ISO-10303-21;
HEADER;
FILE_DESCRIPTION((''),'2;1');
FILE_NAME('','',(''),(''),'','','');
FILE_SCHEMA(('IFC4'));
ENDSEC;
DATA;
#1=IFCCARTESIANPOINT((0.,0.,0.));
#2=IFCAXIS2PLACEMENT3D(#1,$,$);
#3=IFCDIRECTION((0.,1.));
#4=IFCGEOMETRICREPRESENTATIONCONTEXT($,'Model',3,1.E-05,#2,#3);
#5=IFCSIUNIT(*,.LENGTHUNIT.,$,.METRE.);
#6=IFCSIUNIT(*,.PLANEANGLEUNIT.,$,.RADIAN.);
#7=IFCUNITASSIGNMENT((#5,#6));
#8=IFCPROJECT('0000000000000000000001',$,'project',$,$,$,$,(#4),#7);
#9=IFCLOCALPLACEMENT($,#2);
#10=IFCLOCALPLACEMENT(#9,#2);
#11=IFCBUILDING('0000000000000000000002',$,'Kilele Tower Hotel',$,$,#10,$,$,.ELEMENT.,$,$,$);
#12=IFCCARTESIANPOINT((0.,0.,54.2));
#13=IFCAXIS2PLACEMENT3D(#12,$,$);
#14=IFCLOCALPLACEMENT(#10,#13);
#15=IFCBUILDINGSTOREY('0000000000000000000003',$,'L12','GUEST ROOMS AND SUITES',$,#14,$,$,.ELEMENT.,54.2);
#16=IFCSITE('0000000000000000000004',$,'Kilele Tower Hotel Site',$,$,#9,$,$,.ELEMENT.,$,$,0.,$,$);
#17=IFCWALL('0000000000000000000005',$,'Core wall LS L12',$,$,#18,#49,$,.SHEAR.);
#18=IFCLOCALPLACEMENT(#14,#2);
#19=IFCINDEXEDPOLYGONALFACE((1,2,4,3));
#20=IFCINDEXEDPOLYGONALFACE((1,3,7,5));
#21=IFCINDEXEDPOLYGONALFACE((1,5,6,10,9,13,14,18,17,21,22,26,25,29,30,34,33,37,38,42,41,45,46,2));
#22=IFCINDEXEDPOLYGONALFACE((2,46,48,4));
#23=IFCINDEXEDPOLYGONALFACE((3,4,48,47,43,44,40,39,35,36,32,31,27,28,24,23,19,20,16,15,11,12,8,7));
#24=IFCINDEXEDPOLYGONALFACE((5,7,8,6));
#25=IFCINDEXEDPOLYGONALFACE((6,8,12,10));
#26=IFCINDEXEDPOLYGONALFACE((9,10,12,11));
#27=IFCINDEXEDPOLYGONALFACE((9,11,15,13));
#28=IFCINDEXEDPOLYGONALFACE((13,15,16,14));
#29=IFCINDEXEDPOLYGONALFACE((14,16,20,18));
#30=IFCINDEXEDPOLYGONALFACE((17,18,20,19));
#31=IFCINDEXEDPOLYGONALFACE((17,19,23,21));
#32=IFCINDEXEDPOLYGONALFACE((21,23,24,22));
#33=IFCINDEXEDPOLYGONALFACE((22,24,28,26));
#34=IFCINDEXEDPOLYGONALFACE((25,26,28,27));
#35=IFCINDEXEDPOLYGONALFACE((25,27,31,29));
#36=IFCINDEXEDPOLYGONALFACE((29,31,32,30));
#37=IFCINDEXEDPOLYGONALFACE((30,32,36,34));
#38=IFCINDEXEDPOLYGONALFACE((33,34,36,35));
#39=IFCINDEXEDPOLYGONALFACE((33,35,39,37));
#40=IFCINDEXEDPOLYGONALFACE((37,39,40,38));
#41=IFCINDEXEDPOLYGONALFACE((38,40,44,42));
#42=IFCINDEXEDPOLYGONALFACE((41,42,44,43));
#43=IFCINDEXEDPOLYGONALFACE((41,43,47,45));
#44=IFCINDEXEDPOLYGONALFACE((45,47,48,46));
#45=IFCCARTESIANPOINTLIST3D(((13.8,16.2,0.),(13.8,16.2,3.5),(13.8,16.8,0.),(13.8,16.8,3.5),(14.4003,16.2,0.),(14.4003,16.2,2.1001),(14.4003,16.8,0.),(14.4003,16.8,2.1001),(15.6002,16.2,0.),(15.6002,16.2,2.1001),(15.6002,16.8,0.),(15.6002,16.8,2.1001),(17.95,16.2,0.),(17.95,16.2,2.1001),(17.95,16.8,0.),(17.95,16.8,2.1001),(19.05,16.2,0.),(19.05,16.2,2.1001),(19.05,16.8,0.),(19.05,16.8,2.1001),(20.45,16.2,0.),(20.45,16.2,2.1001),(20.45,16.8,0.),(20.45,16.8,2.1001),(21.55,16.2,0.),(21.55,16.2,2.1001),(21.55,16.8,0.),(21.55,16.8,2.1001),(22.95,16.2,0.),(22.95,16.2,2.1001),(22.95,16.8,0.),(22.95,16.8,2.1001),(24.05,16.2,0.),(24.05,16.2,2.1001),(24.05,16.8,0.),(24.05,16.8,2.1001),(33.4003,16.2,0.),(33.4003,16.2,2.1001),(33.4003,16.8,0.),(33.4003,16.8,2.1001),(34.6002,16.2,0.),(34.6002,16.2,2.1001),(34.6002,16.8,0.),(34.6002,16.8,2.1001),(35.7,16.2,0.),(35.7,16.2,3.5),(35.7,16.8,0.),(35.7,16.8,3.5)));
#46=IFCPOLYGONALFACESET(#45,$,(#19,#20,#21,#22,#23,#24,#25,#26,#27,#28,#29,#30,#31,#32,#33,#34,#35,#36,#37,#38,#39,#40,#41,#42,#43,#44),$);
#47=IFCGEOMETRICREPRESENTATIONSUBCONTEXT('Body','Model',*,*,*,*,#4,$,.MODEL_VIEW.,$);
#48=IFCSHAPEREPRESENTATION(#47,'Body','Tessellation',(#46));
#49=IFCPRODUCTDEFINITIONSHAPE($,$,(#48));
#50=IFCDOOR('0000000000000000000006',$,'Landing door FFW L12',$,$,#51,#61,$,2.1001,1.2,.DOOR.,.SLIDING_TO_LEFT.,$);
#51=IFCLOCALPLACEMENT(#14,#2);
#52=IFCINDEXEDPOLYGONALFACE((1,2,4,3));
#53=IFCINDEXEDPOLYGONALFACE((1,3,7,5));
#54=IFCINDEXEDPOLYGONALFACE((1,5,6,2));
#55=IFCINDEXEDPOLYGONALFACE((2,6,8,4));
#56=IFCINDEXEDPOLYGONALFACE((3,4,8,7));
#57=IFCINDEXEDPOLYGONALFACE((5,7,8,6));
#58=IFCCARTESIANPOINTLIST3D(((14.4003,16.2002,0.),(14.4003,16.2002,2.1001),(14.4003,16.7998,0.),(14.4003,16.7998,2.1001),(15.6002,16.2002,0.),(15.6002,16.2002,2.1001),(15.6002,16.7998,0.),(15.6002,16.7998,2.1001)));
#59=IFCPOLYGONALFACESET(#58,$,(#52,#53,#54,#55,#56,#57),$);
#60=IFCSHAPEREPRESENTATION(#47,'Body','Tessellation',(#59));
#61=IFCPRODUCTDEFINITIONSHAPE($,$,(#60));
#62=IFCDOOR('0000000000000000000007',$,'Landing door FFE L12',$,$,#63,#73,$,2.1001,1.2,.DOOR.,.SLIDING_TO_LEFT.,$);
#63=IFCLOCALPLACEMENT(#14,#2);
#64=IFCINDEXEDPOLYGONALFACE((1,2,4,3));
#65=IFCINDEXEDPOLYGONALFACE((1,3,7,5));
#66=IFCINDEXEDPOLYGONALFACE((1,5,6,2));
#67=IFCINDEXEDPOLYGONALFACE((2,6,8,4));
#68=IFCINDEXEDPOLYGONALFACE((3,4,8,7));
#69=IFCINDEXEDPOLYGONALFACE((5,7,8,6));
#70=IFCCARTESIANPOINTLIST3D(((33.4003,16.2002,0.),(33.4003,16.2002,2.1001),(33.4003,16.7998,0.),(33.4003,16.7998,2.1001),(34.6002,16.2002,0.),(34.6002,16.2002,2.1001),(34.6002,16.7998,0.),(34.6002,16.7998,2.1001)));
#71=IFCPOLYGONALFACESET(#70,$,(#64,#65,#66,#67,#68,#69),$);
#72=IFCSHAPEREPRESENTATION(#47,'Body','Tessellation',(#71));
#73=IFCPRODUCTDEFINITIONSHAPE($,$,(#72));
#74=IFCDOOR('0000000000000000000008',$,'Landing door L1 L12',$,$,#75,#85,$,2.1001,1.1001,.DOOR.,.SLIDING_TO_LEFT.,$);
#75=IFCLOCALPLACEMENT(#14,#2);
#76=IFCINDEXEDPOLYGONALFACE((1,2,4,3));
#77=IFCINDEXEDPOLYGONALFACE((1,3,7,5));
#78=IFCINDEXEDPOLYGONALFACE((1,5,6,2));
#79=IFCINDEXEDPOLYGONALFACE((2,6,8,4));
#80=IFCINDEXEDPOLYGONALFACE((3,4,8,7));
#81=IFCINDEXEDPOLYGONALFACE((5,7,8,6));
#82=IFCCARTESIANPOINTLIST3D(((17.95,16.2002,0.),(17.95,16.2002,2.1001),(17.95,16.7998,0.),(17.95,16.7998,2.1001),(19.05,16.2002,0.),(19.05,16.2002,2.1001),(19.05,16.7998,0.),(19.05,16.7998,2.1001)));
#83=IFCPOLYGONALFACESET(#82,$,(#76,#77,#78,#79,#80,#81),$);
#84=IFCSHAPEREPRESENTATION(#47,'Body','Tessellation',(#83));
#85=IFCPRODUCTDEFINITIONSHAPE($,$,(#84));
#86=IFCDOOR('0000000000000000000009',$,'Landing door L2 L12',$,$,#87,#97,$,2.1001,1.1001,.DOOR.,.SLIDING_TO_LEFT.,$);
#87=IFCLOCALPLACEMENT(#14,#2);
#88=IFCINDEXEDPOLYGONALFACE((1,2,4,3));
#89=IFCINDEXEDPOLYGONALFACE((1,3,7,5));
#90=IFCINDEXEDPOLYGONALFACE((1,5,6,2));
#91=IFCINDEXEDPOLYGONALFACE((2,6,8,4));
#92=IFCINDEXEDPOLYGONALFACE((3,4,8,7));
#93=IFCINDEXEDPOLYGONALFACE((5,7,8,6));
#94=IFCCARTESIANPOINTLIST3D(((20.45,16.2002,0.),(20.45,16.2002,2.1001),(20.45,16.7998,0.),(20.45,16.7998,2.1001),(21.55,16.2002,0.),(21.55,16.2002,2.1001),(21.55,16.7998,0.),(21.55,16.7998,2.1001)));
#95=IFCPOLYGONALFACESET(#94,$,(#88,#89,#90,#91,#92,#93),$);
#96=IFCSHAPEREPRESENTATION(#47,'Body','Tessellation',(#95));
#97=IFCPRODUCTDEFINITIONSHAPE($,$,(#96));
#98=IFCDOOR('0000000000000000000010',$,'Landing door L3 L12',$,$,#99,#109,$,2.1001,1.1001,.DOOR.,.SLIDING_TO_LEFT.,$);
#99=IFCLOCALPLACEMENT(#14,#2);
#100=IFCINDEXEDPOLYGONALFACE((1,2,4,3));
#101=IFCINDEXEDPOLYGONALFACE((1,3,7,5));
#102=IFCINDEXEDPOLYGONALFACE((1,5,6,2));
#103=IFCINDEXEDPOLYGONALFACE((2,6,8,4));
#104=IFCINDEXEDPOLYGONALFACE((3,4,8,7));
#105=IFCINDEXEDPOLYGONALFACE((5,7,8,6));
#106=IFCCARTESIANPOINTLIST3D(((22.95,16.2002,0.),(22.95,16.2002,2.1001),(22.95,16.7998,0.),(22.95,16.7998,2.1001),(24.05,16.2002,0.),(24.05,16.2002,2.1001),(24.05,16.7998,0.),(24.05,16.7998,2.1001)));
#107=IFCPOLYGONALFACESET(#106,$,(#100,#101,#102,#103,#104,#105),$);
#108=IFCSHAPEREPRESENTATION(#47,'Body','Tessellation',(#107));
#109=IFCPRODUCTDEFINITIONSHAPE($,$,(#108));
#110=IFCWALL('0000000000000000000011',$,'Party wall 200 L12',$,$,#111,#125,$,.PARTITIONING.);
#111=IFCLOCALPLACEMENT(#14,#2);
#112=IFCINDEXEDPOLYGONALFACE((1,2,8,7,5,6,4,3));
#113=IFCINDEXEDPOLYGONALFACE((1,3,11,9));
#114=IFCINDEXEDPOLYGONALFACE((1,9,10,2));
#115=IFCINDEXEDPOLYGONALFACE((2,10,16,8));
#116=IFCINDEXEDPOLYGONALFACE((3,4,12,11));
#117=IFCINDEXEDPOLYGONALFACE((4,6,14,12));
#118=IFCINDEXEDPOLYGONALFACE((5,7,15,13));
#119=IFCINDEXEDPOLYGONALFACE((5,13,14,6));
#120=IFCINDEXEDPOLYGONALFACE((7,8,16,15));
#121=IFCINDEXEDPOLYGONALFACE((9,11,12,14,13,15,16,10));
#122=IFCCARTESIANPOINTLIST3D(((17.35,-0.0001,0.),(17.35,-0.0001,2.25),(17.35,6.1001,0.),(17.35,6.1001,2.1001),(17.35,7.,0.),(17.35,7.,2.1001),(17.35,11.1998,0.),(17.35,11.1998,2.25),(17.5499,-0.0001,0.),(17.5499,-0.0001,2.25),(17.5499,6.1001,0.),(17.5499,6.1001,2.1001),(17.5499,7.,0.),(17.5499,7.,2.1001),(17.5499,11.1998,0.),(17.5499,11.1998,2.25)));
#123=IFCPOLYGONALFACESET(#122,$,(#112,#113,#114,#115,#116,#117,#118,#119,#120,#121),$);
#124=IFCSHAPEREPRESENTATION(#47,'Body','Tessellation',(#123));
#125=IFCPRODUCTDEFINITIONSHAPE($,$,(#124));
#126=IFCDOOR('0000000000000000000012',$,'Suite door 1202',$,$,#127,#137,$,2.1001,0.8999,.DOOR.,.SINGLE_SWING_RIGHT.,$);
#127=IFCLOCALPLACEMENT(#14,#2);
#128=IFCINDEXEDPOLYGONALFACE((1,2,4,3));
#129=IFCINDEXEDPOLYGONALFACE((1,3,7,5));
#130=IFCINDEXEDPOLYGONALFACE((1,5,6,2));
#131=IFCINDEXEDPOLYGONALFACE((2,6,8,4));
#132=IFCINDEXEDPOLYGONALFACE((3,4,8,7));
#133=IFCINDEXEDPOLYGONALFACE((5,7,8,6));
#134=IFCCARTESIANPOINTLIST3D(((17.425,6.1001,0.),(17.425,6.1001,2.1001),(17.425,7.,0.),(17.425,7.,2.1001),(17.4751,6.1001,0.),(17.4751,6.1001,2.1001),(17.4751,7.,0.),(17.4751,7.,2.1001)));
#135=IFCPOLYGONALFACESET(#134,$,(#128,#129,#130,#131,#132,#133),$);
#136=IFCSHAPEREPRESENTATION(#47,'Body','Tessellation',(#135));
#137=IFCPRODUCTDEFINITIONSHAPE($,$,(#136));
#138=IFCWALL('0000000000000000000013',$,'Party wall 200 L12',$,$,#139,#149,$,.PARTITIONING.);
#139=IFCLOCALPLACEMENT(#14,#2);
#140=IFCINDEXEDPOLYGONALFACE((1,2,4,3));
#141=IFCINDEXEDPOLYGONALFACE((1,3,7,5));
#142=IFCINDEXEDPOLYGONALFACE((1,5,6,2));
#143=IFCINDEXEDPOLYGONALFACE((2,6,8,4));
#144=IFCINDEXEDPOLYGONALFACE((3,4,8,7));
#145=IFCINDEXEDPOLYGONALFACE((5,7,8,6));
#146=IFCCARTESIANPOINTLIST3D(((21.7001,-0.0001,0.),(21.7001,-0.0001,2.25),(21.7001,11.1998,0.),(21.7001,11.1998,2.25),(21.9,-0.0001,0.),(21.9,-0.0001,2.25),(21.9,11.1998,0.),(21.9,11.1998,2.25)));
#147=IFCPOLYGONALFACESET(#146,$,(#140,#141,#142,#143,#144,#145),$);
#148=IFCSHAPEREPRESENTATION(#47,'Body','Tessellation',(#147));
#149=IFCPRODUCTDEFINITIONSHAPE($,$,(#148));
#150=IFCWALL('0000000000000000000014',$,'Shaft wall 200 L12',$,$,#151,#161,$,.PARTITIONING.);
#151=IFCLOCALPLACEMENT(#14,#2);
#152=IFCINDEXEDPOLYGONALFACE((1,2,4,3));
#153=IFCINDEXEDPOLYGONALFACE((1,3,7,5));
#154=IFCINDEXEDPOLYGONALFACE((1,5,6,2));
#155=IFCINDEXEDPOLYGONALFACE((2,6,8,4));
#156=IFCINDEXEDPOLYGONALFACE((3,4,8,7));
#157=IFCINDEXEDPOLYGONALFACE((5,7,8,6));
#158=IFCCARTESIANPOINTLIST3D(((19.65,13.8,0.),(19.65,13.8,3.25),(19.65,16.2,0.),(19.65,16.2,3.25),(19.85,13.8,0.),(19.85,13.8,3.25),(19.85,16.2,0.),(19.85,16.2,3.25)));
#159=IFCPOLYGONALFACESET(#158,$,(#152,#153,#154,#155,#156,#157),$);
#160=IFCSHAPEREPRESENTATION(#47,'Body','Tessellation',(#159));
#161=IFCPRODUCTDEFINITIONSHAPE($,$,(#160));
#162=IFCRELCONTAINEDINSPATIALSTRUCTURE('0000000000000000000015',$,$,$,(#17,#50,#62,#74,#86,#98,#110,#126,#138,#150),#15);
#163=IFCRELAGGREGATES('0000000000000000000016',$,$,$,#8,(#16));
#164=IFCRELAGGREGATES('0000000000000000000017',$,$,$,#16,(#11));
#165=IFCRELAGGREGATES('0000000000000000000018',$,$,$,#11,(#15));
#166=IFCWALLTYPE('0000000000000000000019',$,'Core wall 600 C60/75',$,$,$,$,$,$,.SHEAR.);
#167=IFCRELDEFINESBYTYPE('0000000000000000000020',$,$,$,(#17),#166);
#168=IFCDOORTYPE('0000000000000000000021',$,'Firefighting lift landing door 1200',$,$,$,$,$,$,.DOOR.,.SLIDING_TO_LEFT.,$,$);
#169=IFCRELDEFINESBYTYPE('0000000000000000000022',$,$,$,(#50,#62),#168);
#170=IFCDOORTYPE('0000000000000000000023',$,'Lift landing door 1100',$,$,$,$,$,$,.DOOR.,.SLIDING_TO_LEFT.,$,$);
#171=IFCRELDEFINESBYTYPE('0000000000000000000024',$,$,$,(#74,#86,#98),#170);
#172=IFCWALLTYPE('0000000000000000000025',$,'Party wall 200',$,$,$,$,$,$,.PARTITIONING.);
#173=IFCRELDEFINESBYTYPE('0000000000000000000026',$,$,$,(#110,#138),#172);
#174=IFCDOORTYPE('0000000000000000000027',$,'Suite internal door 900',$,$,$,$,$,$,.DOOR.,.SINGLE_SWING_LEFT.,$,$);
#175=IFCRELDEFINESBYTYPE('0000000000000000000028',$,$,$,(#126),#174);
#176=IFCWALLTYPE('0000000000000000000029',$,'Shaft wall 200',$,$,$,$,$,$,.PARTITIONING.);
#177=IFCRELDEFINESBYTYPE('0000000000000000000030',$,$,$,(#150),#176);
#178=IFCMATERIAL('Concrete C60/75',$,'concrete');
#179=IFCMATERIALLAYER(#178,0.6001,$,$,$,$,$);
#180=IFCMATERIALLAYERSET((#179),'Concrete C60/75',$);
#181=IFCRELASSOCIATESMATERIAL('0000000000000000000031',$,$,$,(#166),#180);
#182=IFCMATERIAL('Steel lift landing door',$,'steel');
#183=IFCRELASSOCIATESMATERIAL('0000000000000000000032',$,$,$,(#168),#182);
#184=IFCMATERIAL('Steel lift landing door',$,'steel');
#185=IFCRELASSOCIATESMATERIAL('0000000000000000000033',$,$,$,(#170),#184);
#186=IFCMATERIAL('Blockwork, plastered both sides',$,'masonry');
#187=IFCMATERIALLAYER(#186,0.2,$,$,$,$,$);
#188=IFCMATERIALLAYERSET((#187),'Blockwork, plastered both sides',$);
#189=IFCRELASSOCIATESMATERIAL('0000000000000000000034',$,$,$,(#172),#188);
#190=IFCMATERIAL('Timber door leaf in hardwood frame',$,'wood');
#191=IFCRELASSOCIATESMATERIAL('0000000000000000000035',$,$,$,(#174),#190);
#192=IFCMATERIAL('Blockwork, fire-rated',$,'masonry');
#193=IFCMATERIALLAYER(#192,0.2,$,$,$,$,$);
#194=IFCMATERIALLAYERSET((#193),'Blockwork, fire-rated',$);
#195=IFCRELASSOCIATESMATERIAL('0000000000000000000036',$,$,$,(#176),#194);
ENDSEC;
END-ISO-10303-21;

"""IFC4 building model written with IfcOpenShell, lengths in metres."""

from ifc_helpers import new_model, si_unit, direction, frame, frame_2d, origin, place, context, subcontext, project, spatial, rectangle, extrude, material, layer, layer_set, type_object, element, fill, save


model = new_model("IFC4")

# Units and contexts
model_context = context("Model", 3, precision=1e-05, world=origin(), true_north=direction((0.0, 1.0)))
body_context = subcontext(model_context, "Body", "Model", "MODEL_VIEW")
ifc_project = project(units=[si_unit("LENGTHUNIT", "METRE"), si_unit("PLANEANGLEUNIT", "RADIAN")], contexts=[model_context])

# Site, building, storey
site_placement = place(None, origin())
site = spatial("IfcSite", under=ifc_project, at=site_placement, Name="Kilele Tower Hotel Site", CompositionType="ELEMENT", RefElevation=0.0)
building_placement = place(site_placement, origin())
building = spatial("IfcBuilding", under=site, at=building_placement, Name="Kilele Tower Hotel", CompositionType="ELEMENT")
storey_placement = place(building_placement, frame((0.0, 0.0, 54.2)))
storey = spatial("IfcBuildingStorey", under=building, at=storey_placement, Name="L12", Description="GUEST ROOMS AND SUITES", CompositionType="ELEMENT", Elevation=54.2)

# Shared definitions
ifc_material_1 = material(Name="Concrete C60/75", Category="concrete")
ifc_layer_1 = layer(ifc_material_1, 0.6001)
ifc_layer_set_1 = layer_set([ifc_layer_1], Name="Concrete C60/75")
wall_type_1 = type_object("IfcWallType", Name="Core wall 600 C60/75", PredefinedType="SHEAR", material=ifc_layer_set_1)

# Wall, openings, doors
wall_1_placement = place(storey_placement, frame((13.8, 16.5, 0.0), z_axis=(0.0, 0.0, 1.0), x_axis=(1.0, 0.0, 0.0)))
wall_1 = element("IfcWall", 1, at=wall_1_placement, inside=storey, type_object=wall_type_1, Name="Core wall LS L12", PredefinedType="SHEAR", context=body_context, shape_type="SweptSolid", body=[
    extrude(rectangle(XDim=21.8999, YDim=0.6001, at=frame_2d((10.95, 0.0))), origin(), (0.0, 0.0, 1.0), 3.5),
])
opening_1_placement = place(wall_1_placement, frame((4.1499, 0.0, 0.0)))
opening_1 = element("IfcOpeningElement", 2, at=opening_1_placement, cuts=wall_1, PredefinedType="OPENING", context=body_context, shape_type="SweptSolid", body=[
    extrude(rectangle(XDim=1.1001, YDim=2.1001, at=frame_2d((0.55, 1.05))), frame((0.0, 0.3101, 0.0), z_axis=(0.0, -1.0, 0.0), x_axis=(1.0, 0.0, 0.0)), (0.0, 0.0, 1.0), 0.6201),
])
opening_2_placement = place(wall_1_placement, frame((6.6499, 0.0, 0.0)))
opening_2 = element("IfcOpeningElement", 3, at=opening_2_placement, cuts=wall_1, PredefinedType="OPENING", context=body_context, shape_type="SweptSolid", body=[
    extrude(rectangle(XDim=1.1001, YDim=2.1001, at=frame_2d((0.55, 1.05))), frame((0.0, 0.3101, 0.0), z_axis=(0.0, -1.0, 0.0), x_axis=(1.0, 0.0, 0.0)), (0.0, 0.0, 1.0), 0.6201),
])
opening_3_placement = place(wall_1_placement, frame((9.1499, 0.0, 0.0)))
opening_3 = element("IfcOpeningElement", 4, at=opening_3_placement, cuts=wall_1, PredefinedType="OPENING", context=body_context, shape_type="SweptSolid", body=[
    extrude(rectangle(XDim=1.1001, YDim=2.1001, at=frame_2d((0.55, 1.05))), frame((0.0, 0.3101, 0.0), z_axis=(0.0, -1.0, 0.0), x_axis=(1.0, 0.0, 0.0)), (0.0, 0.0, 1.0), 0.6201),
])
opening_4_placement = place(wall_1_placement, frame((0.6001, 0.0, 0.0)))
opening_4 = element("IfcOpeningElement", 5, at=opening_4_placement, cuts=wall_1, PredefinedType="OPENING", context=body_context, shape_type="SweptSolid", body=[
    extrude(rectangle(XDim=1.2, YDim=2.1001, at=frame_2d((0.6001, 1.05))), frame((0.0, 0.3101, 0.0), z_axis=(0.0, -1.0, 0.0), x_axis=(1.0, 0.0, 0.0)), (0.0, 0.0, 1.0), 0.6201),
])
opening_5_placement = place(wall_1_placement, frame((19.6001, 0.0, 0.0)))
opening_5 = element("IfcOpeningElement", 6, at=opening_5_placement, cuts=wall_1, PredefinedType="OPENING", context=body_context, shape_type="SweptSolid", body=[
    extrude(rectangle(XDim=1.2, YDim=2.1001, at=frame_2d((0.6001, 1.05))), frame((0.0, 0.3101, 0.0), z_axis=(0.0, -1.0, 0.0), x_axis=(1.0, 0.0, 0.0)), (0.0, 0.0, 1.0), 0.6201),
])
ifc_material_2 = material(Name="Steel lift landing door", Category="steel")
door_type_1 = type_object("IfcDoorType", Name="Firefighting lift landing door 1200", OperationType="SLIDING_TO_LEFT", PredefinedType="DOOR", material=ifc_material_2)
door_1_placement = place(opening_4_placement, origin())
door_1 = element("IfcDoor", 7, at=door_1_placement, inside=storey, type_object=door_type_1, Name="Landing door FFW L12", OperationType="SLIDING_TO_LEFT", OverallHeight=2.1001, OverallWidth=1.2, PredefinedType="DOOR", context=body_context, shape_type="SweptSolid", body=[
    extrude(rectangle(XDim=1.2, YDim=2.1001, at=frame_2d((0.6001, 1.05))), frame((0.0, 0.2998, 0.0), z_axis=(0.0, -1.0, 0.0), x_axis=(1.0, 0.0, 0.0)), (0.0, 0.0, 1.0), 0.5996),
])
fill(opening_4, door_1)
door_2_placement = place(opening_5_placement, origin())
door_2 = element("IfcDoor", 8, at=door_2_placement, inside=storey, type_object=door_type_1, Name="Landing door FFE L12", OperationType="SLIDING_TO_LEFT", OverallHeight=2.1001, OverallWidth=1.2, PredefinedType="DOOR", context=body_context, shape_type="SweptSolid", body=[
    extrude(rectangle(XDim=1.2, YDim=2.1001, at=frame_2d((0.6001, 1.05))), frame((0.0, 0.2998, 0.0), z_axis=(0.0, -1.0, 0.0), x_axis=(1.0, 0.0, 0.0)), (0.0, 0.0, 1.0), 0.5996),
])
fill(opening_5, door_2)
ifc_material_3 = material(Name="Steel lift landing door", Category="steel")
door_type_2 = type_object("IfcDoorType", Name="Lift landing door 1100", OperationType="SLIDING_TO_LEFT", PredefinedType="DOOR", material=ifc_material_3)
door_3_placement = place(opening_1_placement, origin())
door_3 = element("IfcDoor", 9, at=door_3_placement, inside=storey, type_object=door_type_2, Name="Landing door L1 L12", OperationType="SLIDING_TO_LEFT", OverallHeight=2.1001, OverallWidth=1.1001, PredefinedType="DOOR", context=body_context, shape_type="SweptSolid", body=[
    extrude(rectangle(XDim=1.1001, YDim=2.1001, at=frame_2d((0.55, 1.05))), frame((0.0, 0.2998, 0.0), z_axis=(0.0, -1.0, 0.0), x_axis=(1.0, 0.0, 0.0)), (0.0, 0.0, 1.0), 0.5996),
])
fill(opening_1, door_3)
door_4_placement = place(opening_2_placement, origin())
door_4 = element("IfcDoor", 10, at=door_4_placement, inside=storey, type_object=door_type_2, Name="Landing door L2 L12", OperationType="SLIDING_TO_LEFT", OverallHeight=2.1001, OverallWidth=1.1001, PredefinedType="DOOR", context=body_context, shape_type="SweptSolid", body=[
    extrude(rectangle(XDim=1.1001, YDim=2.1001, at=frame_2d((0.55, 1.05))), frame((0.0, 0.2998, 0.0), z_axis=(0.0, -1.0, 0.0), x_axis=(1.0, 0.0, 0.0)), (0.0, 0.0, 1.0), 0.5996),
])
fill(opening_2, door_4)
door_5_placement = place(opening_3_placement, origin())
door_5 = element("IfcDoor", 11, at=door_5_placement, inside=storey, type_object=door_type_2, Name="Landing door L3 L12", OperationType="SLIDING_TO_LEFT", OverallHeight=2.1001, OverallWidth=1.1001, PredefinedType="DOOR", context=body_context, shape_type="SweptSolid", body=[
    extrude(rectangle(XDim=1.1001, YDim=2.1001, at=frame_2d((0.55, 1.05))), frame((0.0, 0.2998, 0.0), z_axis=(0.0, -1.0, 0.0), x_axis=(1.0, 0.0, 0.0)), (0.0, 0.0, 1.0), 0.5996),
])
fill(opening_3, door_5)

# Wall, opening, door
ifc_material_4 = material(Name="Blockwork, plastered both sides", Category="masonry")
ifc_layer_2 = layer(ifc_material_4, 0.2)
ifc_layer_set_2 = layer_set([ifc_layer_2], Name="Blockwork, plastered both sides")
wall_type_2 = type_object("IfcWallType", Name="Party wall 200", PredefinedType="PARTITIONING", material=ifc_layer_set_2)
wall_2_placement = place(storey_placement, frame((17.45, 11.2, 0.0), z_axis=(0.0, 0.0, 1.0), x_axis=(0.0, -1.0, 0.0)))
wall_2 = element("IfcWall", 12, at=wall_2_placement, inside=storey, type_object=wall_type_2, Name="Party wall 200 L12", PredefinedType="PARTITIONING", context=body_context, shape_type="SweptSolid", body=[
    extrude(rectangle(XDim=11.2, YDim=0.2, at=frame_2d((5.6001, 0.0))), origin(), (0.0, 0.0, 1.0), 2.25),
])
opening_6_placement = place(wall_2_placement, frame((5.0999, 0.0, 0.0), z_axis=(0.0, 0.0, 1.0), x_axis=(-1.0, 0.0, 0.0)))
opening_6 = element("IfcOpeningElement", 13, at=opening_6_placement, cuts=wall_2, PredefinedType="OPENING", context=body_context, shape_type="SweptSolid", body=[
    extrude(rectangle(XDim=0.8999, YDim=2.1001, at=frame_2d((0.45, 1.05))), frame((0.0, 0.1099, 0.0), z_axis=(0.0, -1.0, 0.0), x_axis=(1.0, 0.0, 0.0)), (0.0, 0.0, 1.0), 0.22),
])
ifc_material_5 = material(Name="Timber door leaf in hardwood frame", Category="wood")
door_type_3 = type_object("IfcDoorType", Name="Suite internal door 900", OperationType="SINGLE_SWING_LEFT", PredefinedType="DOOR", material=ifc_material_5)
door_6_placement = place(opening_6_placement, origin())
door_6 = element("IfcDoor", 14, at=door_6_placement, inside=storey, type_object=door_type_3, Name="Suite door 1202", OperationType="SINGLE_SWING_RIGHT", OverallHeight=2.1001, OverallWidth=0.8999, PredefinedType="DOOR", context=body_context, shape_type="SweptSolid", body=[
    extrude(rectangle(XDim=0.8999, YDim=2.1001, at=frame_2d((0.45, 1.05))), frame((0.0, 0.0249, 0.0), z_axis=(0.0, -1.0, 0.0), x_axis=(1.0, 0.0, 0.0)), (0.0, 0.0, 1.0), 0.05),
])
fill(opening_6, door_6)

# Walls
wall_3_placement = place(storey_placement, frame((21.8, 11.2, 0.0), z_axis=(0.0, 0.0, 1.0), x_axis=(0.0, -1.0, 0.0)))
element("IfcWall", 15, at=wall_3_placement, inside=storey, type_object=wall_type_2, Name="Party wall 200 L12", PredefinedType="PARTITIONING", context=body_context, shape_type="SweptSolid", body=[
    extrude(rectangle(XDim=11.2, YDim=0.2, at=frame_2d((5.6001, 0.0))), origin(), (0.0, 0.0, 1.0), 2.25),
])
ifc_material_6 = material(Name="Blockwork, fire-rated", Category="masonry")
ifc_layer_3 = layer(ifc_material_6, 0.2)
ifc_layer_set_3 = layer_set([ifc_layer_3], Name="Blockwork, fire-rated")
wall_type_3 = type_object("IfcWallType", Name="Shaft wall 200", PredefinedType="PARTITIONING", material=ifc_layer_set_3)
for number, where, z_axis, x_axis, name in (
    (16, (19.75, 13.8, 0.0), (0.0, 0.0, 1.0), (0.0, 1.0, 0.0), "Shaft wall 200 L12"),
):
    element("IfcWall", number, at=place(storey_placement, frame(where, z_axis=z_axis, x_axis=x_axis)), inside=storey, type_object=wall_type_3, Name=name, PredefinedType="PARTITIONING", context=body_context, shape_type="SweptSolid", body=[
        extrude(rectangle(XDim=2.3999, YDim=0.2, at=frame_2d((1.2, 0.0))), origin(), (0.0, 0.0, 1.0), 3.25),
    ])

save(model, "model.ifc")
